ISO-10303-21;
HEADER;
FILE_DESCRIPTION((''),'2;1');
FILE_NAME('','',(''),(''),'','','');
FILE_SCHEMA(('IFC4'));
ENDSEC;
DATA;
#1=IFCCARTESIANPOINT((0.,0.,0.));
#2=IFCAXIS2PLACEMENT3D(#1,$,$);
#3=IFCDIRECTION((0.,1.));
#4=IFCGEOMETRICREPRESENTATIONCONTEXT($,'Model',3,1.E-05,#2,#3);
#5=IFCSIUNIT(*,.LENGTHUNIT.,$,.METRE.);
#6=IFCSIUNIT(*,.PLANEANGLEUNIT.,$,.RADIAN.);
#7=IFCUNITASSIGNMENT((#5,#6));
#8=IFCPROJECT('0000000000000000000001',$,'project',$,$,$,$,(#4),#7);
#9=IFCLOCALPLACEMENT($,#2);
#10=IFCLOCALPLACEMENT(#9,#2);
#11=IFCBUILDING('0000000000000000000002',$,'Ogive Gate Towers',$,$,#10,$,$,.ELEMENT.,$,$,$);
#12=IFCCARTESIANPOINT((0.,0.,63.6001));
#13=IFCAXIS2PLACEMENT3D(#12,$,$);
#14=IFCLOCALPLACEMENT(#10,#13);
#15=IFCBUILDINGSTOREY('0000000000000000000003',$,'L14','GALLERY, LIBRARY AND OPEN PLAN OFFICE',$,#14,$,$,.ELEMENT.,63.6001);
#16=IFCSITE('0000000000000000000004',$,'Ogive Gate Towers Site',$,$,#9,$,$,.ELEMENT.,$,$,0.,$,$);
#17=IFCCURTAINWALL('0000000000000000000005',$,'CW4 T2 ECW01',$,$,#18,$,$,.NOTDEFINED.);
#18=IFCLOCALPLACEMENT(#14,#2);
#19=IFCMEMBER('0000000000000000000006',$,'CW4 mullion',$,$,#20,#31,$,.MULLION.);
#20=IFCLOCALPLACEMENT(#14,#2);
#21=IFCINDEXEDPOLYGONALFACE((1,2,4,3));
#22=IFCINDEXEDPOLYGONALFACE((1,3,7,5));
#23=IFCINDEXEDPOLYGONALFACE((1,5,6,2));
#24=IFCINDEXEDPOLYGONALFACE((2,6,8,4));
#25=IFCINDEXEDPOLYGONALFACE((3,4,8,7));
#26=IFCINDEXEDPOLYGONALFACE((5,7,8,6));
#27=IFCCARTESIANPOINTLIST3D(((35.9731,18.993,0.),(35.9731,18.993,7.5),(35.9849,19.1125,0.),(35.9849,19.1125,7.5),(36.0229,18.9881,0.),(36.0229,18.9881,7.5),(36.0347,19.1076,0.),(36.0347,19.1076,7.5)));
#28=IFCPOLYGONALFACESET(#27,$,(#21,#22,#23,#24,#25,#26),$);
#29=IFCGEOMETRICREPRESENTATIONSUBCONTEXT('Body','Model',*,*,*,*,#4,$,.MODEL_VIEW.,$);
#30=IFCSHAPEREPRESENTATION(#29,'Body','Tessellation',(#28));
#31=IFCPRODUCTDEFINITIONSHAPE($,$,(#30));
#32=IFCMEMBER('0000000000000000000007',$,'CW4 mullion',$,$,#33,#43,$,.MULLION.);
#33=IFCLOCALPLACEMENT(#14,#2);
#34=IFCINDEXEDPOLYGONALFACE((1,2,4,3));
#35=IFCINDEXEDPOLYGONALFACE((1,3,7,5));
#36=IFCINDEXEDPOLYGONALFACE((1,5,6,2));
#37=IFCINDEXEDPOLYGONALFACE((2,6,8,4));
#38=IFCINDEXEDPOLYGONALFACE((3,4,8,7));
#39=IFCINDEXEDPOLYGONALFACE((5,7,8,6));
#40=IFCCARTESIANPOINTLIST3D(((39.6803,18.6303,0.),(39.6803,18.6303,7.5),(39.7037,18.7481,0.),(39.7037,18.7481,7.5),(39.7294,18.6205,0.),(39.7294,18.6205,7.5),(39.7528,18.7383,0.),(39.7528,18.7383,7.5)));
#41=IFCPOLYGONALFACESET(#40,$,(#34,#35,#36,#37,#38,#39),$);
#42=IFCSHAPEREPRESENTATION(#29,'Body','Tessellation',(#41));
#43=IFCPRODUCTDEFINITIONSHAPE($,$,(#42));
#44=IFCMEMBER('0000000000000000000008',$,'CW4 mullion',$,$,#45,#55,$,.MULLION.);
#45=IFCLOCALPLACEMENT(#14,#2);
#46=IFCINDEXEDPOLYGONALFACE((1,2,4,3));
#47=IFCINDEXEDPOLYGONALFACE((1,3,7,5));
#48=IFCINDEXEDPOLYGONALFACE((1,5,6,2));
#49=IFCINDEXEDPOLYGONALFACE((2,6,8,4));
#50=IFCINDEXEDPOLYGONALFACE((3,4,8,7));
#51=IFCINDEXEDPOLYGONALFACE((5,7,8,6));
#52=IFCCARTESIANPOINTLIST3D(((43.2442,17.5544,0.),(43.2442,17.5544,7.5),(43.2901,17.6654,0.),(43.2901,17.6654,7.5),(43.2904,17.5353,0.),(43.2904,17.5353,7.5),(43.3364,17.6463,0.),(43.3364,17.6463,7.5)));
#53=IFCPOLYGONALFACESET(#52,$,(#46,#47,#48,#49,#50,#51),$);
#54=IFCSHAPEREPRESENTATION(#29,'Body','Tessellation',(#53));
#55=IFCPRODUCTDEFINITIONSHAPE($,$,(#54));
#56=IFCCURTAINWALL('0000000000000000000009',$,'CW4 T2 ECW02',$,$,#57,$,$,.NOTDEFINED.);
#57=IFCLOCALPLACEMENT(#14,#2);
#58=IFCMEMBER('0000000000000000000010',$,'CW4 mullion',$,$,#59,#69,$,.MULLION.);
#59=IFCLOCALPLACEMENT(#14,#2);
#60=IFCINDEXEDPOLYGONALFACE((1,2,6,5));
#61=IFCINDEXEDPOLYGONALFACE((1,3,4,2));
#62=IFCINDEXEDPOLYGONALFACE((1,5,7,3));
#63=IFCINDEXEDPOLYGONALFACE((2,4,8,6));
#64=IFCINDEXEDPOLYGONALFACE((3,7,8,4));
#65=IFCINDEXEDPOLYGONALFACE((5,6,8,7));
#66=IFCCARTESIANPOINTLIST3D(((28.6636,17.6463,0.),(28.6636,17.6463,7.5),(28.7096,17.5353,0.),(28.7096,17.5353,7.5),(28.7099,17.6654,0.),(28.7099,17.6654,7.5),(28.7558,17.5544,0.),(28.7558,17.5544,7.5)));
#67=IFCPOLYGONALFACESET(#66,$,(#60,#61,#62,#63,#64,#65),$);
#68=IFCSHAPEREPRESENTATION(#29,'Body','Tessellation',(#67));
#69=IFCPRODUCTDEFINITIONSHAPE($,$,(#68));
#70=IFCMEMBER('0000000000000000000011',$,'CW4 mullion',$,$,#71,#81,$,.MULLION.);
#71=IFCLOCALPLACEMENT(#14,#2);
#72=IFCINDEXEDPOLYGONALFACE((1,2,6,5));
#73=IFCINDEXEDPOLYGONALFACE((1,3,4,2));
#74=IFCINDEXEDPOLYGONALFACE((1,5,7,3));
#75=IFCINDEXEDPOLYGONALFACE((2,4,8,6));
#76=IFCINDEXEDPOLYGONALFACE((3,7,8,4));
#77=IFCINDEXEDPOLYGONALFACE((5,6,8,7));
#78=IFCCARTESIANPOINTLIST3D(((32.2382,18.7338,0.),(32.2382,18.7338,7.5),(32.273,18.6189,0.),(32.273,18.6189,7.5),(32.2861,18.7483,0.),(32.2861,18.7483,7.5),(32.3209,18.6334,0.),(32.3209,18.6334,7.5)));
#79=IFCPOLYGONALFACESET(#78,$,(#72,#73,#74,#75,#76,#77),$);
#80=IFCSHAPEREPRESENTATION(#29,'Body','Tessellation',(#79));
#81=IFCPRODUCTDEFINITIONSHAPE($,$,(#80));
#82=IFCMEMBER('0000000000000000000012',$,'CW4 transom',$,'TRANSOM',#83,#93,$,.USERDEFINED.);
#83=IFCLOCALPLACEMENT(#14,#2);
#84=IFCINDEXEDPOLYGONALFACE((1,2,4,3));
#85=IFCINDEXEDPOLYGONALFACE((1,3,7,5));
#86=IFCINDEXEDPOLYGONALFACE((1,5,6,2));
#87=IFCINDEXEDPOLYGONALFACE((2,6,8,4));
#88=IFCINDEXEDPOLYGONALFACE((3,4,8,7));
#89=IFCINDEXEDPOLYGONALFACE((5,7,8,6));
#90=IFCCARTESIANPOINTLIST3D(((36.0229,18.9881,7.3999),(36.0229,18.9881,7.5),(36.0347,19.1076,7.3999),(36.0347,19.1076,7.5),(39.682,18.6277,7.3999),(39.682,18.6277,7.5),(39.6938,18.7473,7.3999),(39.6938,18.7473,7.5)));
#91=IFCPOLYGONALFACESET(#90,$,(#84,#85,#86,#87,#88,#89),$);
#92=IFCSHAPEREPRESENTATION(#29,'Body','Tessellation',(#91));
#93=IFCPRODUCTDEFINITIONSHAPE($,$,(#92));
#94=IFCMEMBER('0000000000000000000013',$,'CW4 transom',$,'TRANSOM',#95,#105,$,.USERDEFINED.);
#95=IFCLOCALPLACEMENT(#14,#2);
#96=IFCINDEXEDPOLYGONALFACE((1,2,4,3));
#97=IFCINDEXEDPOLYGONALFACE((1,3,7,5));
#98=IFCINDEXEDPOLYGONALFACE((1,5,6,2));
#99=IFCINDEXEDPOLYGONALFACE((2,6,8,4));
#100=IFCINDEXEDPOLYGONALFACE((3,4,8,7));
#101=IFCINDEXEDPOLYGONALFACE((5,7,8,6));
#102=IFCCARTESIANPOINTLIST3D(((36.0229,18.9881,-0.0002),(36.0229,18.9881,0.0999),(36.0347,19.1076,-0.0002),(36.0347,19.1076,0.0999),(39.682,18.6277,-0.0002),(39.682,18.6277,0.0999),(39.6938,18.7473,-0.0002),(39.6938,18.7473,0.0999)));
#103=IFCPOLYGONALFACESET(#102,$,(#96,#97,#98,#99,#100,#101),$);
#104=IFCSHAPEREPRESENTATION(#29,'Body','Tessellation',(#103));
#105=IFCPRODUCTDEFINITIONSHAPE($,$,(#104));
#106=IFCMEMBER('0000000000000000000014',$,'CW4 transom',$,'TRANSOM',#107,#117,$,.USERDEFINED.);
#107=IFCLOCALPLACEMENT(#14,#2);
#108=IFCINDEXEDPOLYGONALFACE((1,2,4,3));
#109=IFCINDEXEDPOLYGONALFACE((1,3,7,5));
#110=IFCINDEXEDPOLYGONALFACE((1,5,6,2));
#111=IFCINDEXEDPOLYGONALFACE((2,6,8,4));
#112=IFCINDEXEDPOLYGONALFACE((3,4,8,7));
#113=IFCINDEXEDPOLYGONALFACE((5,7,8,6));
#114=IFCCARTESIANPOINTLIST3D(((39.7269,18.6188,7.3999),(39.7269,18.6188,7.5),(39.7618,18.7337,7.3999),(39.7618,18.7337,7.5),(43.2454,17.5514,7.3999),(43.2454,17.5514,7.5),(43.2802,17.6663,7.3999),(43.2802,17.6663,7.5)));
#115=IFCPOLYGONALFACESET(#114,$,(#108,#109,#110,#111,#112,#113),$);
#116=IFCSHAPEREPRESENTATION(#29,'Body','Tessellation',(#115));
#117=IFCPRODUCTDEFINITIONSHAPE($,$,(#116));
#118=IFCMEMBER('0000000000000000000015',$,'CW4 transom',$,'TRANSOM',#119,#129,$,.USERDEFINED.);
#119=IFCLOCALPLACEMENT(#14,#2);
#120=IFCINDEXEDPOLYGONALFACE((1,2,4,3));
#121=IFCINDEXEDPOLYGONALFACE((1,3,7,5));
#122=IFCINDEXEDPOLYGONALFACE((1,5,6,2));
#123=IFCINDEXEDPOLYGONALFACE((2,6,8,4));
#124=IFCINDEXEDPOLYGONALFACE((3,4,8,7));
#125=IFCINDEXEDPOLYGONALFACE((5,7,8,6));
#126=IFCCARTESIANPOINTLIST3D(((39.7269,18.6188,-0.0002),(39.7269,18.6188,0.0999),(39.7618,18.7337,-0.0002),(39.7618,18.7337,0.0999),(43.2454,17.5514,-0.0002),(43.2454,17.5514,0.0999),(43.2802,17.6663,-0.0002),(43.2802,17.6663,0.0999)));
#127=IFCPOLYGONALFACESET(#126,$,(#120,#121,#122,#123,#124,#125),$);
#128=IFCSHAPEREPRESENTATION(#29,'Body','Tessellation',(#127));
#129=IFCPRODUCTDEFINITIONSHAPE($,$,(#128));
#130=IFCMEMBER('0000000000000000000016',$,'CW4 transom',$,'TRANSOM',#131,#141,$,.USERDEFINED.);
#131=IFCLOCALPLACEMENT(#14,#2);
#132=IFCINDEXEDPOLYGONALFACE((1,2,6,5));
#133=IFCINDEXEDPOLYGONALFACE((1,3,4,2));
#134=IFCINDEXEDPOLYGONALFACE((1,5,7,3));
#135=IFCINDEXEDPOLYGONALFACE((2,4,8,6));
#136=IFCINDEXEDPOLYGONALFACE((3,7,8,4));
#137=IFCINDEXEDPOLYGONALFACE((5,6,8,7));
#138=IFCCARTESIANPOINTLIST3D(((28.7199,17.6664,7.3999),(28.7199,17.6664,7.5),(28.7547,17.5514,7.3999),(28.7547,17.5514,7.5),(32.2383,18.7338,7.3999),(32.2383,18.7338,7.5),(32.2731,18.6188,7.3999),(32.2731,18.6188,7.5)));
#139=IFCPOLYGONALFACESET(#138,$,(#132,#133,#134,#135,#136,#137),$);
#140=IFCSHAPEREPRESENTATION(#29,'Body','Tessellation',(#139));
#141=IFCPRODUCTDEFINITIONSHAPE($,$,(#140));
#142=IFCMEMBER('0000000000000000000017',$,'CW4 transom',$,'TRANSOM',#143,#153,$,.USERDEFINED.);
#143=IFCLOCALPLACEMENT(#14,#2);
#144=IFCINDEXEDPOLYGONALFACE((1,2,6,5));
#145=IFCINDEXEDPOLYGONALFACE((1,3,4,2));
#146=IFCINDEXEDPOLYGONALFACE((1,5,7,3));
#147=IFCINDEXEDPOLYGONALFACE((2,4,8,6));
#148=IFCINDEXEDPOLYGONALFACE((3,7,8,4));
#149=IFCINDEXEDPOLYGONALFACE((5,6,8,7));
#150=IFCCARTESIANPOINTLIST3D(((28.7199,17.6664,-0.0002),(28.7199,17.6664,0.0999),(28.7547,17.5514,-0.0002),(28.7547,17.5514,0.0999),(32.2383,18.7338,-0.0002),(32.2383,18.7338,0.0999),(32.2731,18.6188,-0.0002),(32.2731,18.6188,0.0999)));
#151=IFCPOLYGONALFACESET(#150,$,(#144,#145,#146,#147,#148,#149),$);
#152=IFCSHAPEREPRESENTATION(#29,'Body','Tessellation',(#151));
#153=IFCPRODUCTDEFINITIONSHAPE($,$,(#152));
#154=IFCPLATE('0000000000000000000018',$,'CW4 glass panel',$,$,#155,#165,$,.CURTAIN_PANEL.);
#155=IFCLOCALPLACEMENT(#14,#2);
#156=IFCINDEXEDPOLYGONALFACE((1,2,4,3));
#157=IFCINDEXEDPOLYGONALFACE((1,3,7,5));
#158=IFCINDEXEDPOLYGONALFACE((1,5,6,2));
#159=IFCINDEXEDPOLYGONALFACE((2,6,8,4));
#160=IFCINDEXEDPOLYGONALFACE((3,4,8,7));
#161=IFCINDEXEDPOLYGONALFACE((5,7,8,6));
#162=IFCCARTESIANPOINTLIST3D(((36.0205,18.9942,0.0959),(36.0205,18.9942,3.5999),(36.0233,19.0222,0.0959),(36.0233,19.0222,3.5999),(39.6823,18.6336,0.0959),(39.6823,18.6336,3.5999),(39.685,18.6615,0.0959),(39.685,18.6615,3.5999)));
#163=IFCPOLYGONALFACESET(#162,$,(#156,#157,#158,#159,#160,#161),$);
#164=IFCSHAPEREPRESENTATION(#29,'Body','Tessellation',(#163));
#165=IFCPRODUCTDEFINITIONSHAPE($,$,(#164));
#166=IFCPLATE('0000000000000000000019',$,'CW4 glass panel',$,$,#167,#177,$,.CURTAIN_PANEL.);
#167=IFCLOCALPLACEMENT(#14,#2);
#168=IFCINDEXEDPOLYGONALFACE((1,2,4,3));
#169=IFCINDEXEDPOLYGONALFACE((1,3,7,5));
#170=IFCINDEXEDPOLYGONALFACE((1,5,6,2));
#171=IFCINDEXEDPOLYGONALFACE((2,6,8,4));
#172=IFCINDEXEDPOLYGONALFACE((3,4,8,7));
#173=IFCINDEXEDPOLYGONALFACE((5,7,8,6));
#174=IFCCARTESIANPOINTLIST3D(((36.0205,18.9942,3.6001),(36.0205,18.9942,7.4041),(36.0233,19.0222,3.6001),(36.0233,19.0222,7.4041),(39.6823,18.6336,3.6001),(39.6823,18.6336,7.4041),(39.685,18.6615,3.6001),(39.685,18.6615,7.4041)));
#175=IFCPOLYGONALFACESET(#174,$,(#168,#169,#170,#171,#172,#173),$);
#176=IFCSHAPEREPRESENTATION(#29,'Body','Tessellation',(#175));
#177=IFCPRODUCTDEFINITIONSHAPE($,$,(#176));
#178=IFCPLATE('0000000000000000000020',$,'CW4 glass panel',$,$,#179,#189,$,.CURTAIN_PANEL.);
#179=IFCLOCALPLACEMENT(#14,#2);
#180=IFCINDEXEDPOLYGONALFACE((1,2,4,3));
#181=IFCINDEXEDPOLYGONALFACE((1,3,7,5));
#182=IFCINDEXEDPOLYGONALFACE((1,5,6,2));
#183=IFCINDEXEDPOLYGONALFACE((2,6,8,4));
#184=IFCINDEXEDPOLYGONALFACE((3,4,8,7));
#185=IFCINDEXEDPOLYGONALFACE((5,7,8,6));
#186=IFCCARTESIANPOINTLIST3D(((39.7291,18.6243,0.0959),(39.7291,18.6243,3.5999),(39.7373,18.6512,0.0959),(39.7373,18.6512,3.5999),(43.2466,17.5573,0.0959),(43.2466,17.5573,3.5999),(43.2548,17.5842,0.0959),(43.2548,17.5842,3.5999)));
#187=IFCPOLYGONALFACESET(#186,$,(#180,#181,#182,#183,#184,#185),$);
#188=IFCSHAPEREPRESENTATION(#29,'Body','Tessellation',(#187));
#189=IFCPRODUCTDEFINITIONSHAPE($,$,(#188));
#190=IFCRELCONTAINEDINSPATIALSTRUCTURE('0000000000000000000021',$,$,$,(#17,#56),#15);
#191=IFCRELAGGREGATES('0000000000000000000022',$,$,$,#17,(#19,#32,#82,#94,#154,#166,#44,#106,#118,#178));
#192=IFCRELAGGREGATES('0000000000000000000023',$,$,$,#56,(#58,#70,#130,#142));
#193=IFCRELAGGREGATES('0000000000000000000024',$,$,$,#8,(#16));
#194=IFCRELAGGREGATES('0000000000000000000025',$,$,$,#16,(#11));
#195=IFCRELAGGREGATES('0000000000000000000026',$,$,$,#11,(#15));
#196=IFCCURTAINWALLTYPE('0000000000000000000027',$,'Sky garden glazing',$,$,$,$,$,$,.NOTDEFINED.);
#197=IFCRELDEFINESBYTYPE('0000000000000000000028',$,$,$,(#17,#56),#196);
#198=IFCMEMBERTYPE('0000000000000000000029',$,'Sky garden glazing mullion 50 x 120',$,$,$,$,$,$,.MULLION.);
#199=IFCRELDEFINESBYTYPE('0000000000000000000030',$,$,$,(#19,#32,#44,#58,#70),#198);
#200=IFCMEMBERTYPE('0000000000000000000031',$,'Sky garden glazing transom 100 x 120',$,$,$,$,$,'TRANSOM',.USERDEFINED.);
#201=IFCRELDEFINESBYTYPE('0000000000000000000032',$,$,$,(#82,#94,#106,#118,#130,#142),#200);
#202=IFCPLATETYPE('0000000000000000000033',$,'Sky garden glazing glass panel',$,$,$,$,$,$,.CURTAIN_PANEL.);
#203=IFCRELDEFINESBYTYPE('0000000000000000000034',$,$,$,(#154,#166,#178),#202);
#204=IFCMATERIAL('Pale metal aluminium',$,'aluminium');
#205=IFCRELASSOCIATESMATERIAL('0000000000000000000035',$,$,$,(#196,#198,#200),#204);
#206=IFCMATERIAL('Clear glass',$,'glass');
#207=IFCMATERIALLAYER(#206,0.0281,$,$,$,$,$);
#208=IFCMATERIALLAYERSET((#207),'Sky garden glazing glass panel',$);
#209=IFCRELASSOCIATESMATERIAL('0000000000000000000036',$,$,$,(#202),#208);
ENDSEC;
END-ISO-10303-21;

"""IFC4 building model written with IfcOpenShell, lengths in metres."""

from ifc_helpers import new_model, si_unit, direction, frame, origin, origin_2d, place, context, subcontext, project, spatial, rectangle, extrude, material, layer, layer_set, material_profile, profile_set, type_object, element, aggregate, save


model = new_model("IFC4")

# Units and contexts
model_context = context("Model", 3, precision=1e-05, world=origin(), true_north=direction((0.0, 1.0)))
body_context = subcontext(model_context, "Body", "Model", "MODEL_VIEW")
ifc_project = project(units=[si_unit("LENGTHUNIT", "METRE"), si_unit("PLANEANGLEUNIT", "RADIAN")], contexts=[model_context])

# Site, building, storey
site_placement = place(None, origin())
site = spatial("IfcSite", under=ifc_project, at=site_placement, Name="Ogive Gate Towers Site", CompositionType="ELEMENT", RefElevation=0.0)
building_placement = place(site_placement, origin())
building = spatial("IfcBuilding", under=site, at=building_placement, Name="Ogive Gate Towers", CompositionType="ELEMENT")
storey_placement = place(building_placement, frame((0.0, 0.0, 63.6001)))
storey = spatial("IfcBuildingStorey", under=building, at=storey_placement, Name="L14", Description="GALLERY, LIBRARY AND OPEN PLAN OFFICE", CompositionType="ELEMENT", Elevation=63.6001)

# Curtain walls, members
ifc_material_1 = material(Name="Pale metal aluminium", Category="aluminium")
curtain_wall_type = type_object("IfcCurtainWallType", Name="Sky garden glazing", PredefinedType="NOTDEFINED", material=ifc_material_1)
curtain_wall_1_placement = place(storey_placement, origin())
curtain_wall_1 = element("IfcCurtainWall", 1, at=curtain_wall_1_placement, inside=storey, type_object=curtain_wall_type, Name="CW4 T2 ECW01", PredefinedType="NOTDEFINED")
ifc_material_profile_1 = material_profile(ifc_material_1, rectangle(XDim=0.1201, YDim=0.05, at=origin_2d()), Name="50 x 120 aluminium box")
ifc_profile_set_1 = profile_set([ifc_material_profile_1], Name="Pale metal aluminium")
member_type_1 = type_object("IfcMemberType", Name="Sky garden glazing mullion 50 x 120", PredefinedType="MULLION", material=ifc_profile_set_1)
member_1_placement = place(storey_placement, frame((36.0039, 19.0503, 0.0), z_axis=(0.0, 0.0, 1.0), x_axis=(-0.098017, -0.995185, 0.0)))
member_1 = element("IfcMember", 2, at=member_1_placement, type_object=member_type_1, Name="CW4 mullion", PredefinedType="MULLION", context=body_context, shape_type="SweptSolid", body=[
    extrude(rectangle(XDim=0.1201, YDim=0.05, at=origin_2d()), origin(), (0.0, 0.0, 1.0), 7.5),
])
member_2_placement = place(storey_placement, frame((39.7166, 18.6843, 0.0), z_axis=(0.0, 0.0, 1.0), x_axis=(-0.19509, -0.980785, 0.0)))
member_2 = element("IfcMember", 3, at=member_2_placement, type_object=member_type_1, Name="CW4 mullion", PredefinedType="MULLION", context=body_context, shape_type="SweptSolid", body=[
    extrude(rectangle(XDim=0.1201, YDim=0.05, at=origin_2d()), origin(), (0.0, 0.0, 1.0), 7.5),
])
member_3_placement = place(storey_placement, frame((43.2903, 17.6003, 0.0), z_axis=(0.0, 0.0, 1.0), x_axis=(-0.3827, -0.923873, 0.0)))
member_3 = element("IfcMember", 4, at=member_3_placement, type_object=member_type_1, Name="CW4 mullion", PredefinedType="MULLION", context=body_context, shape_type="SweptSolid", body=[
    extrude(rectangle(XDim=0.1201, YDim=0.05, at=origin_2d()), origin(), (0.0, 0.0, 1.0), 7.5),
])
curtain_wall_2_placement = place(storey_placement, origin())
curtain_wall_2 = element("IfcCurtainWall", 5, at=curtain_wall_2_placement, inside=storey, type_object=curtain_wall_type, Name="CW4 T2 ECW02", PredefinedType="NOTDEFINED")
member_4_placement = place(storey_placement, frame((28.7097, 17.6003, 0.0), z_axis=(0.0, 0.0, 1.0), x_axis=(0.382683, -0.92388, 0.0)))
member_4 = element("IfcMember", 6, at=member_4_placement, type_object=member_type_1, Name="CW4 mullion", PredefinedType="MULLION", context=body_context, shape_type="SweptSolid", body=[
    extrude(rectangle(XDim=0.1201, YDim=0.05, at=origin_2d()), origin(), (0.0, 0.0, 1.0), 7.5),
])
member_5_placement = place(storey_placement, frame((32.2795, 18.6836, 0.0), z_axis=(0.0, 0.0, 1.0), x_axis=(0.290285, -0.95694, 0.0)))
member_5 = element("IfcMember", 7, at=member_5_placement, type_object=member_type_1, Name="CW4 mullion", PredefinedType="MULLION", context=body_context, shape_type="SweptSolid", body=[
    extrude(rectangle(XDim=0.1201, YDim=0.05, at=origin_2d()), origin(), (0.0, 0.0, 1.0), 7.5),
])

# Members
ifc_material_profile_2 = material_profile(ifc_material_1, rectangle(XDim=0.1201, YDim=0.1001, at=origin_2d()), Name="100 x 120 aluminium box")
ifc_profile_set_2 = profile_set([ifc_material_profile_2], Name="Pale metal aluminium")
member_type_2 = type_object("IfcMemberType", Name="Sky garden glazing transom 100 x 120", ElementType="TRANSOM", PredefinedType="USERDEFINED", material=ifc_profile_set_2)
member_6_placement = place(storey_placement, frame((36.0288, 19.0479, 7.45), z_axis=(0.995185, -0.098011, 0.0), x_axis=(0.098011, 0.995185, 0.0)))
member_6 = element("IfcMember", 8, at=member_6_placement, type_object=member_type_2, Name="CW4 transom", ObjectType="TRANSOM", PredefinedType="USERDEFINED", context=body_context, shape_type="SweptSolid", body=[
    extrude(rectangle(XDim=0.1201, YDim=0.1001, at=origin_2d()), origin(), (0.0, 0.0, 1.0), 3.6768),
])
member_7_placement = place(storey_placement, frame((36.0288, 19.0479, 0.0498), z_axis=(0.995185, -0.098011, 0.0), x_axis=(0.098011, 0.995185, 0.0)))
member_7 = element("IfcMember", 9, at=member_7_placement, type_object=member_type_2, Name="CW4 transom", ObjectType="TRANSOM", PredefinedType="USERDEFINED", context=body_context, shape_type="SweptSolid", body=[
    extrude(rectangle(XDim=0.1201, YDim=0.1001, at=origin_2d()), origin(), (0.0, 0.0, 1.0), 3.6768),
])
member_8_placement = place(storey_placement, frame((39.7444, 18.6763, 7.45), z_axis=(0.956932, -0.290313, 0.0), x_axis=(0.290313, 0.956932, 0.0)))
member_8 = element("IfcMember", 10, at=member_8_placement, type_object=member_type_2, Name="CW4 transom", ObjectType="TRANSOM", PredefinedType="USERDEFINED", context=body_context, shape_type="SweptSolid", body=[
    extrude(rectangle(XDim=0.1201, YDim=0.1001, at=origin_2d()), origin(), (0.0, 0.0, 1.0), 3.6768),
])
member_9_placement = place(storey_placement, frame((39.7444, 18.6763, 0.0498), z_axis=(0.956932, -0.290313, 0.0), x_axis=(0.290313, 0.956932, 0.0)))
member_9 = element("IfcMember", 11, at=member_9_placement, type_object=member_type_2, Name="CW4 transom", ObjectType="TRANSOM", PredefinedType="USERDEFINED", context=body_context, shape_type="SweptSolid", body=[
    extrude(rectangle(XDim=0.1201, YDim=0.1001, at=origin_2d()), origin(), (0.0, 0.0, 1.0), 3.6768),
])
member_10_placement = place(storey_placement, frame((28.7373, 17.6089, 7.45), z_axis=(0.956932, 0.290313, 0.0), x_axis=(-0.290313, 0.956932, 0.0)))
member_10 = element("IfcMember", 12, at=member_10_placement, type_object=member_type_2, Name="CW4 transom", ObjectType="TRANSOM", PredefinedType="USERDEFINED", context=body_context, shape_type="SweptSolid", body=[
    extrude(rectangle(XDim=0.1201, YDim=0.1001, at=origin_2d()), origin(), (0.0, 0.0, 1.0), 3.6768),
])
member_11_placement = place(storey_placement, frame((28.7373, 17.6089, 0.0498), z_axis=(0.956932, 0.290313, 0.0), x_axis=(-0.290313, 0.956932, 0.0)))
member_11 = element("IfcMember", 13, at=member_11_placement, type_object=member_type_2, Name="CW4 transom", ObjectType="TRANSOM", PredefinedType="USERDEFINED", context=body_context, shape_type="SweptSolid", body=[
    extrude(rectangle(XDim=0.1201, YDim=0.1001, at=origin_2d()), origin(), (0.0, 0.0, 1.0), 3.6768),
])

# Plates
ifc_material_2 = material(Name="Clear glass", Category="glass")
ifc_layer_1 = layer(ifc_material_2, 0.0281)
ifc_layer_set_1 = layer_set([ifc_layer_1], Name="Sky garden glazing glass panel")
plate_type = type_object("IfcPlateType", Name="Sky garden glazing glass panel", PredefinedType="CURTAIN_PANEL", material=ifc_layer_set_1)
plate_1_placement = place(storey_placement, frame((37.8528, 18.8279, 0.0959), z_axis=(0.0, 0.0, 1.0), x_axis=(0.995185, -0.098017, 0.0)))
plate_1 = element("IfcPlate", 14, at=plate_1_placement, type_object=plate_type, Name="CW4 glass panel", PredefinedType="CURTAIN_PANEL", context=body_context, shape_type="SweptSolid", body=[
    extrude(rectangle(XDim=3.6794, YDim=0.0281, at=origin_2d()), origin(), (0.0, 0.0, 1.0), 3.5039),
])
plate_2_placement = place(storey_placement, frame((37.8528, 18.8279, 3.6001), z_axis=(0.0, 0.0, 1.0), x_axis=(0.995185, -0.098017, 0.0)))
plate_2 = element("IfcPlate", 15, at=plate_2_placement, type_object=plate_type, Name="CW4 glass panel", PredefinedType="CURTAIN_PANEL", context=body_context, shape_type="SweptSolid", body=[
    extrude(rectangle(XDim=3.6794, YDim=0.0281, at=origin_2d()), origin(), (0.0, 0.0, 1.0), 3.804),
])
plate_3_placement = place(storey_placement, frame((41.4919, 18.1042, 0.0959), z_axis=(0.0, 0.0, 1.0), x_axis=(0.95694, -0.290285, 0.0)))
plate_3 = element("IfcPlate", 16, at=plate_3_placement, type_object=plate_type, Name="CW4 glass panel", PredefinedType="CURTAIN_PANEL", context=body_context, shape_type="SweptSolid", body=[
    extrude(rectangle(XDim=3.6758, YDim=0.0281, at=origin_2d()), origin(), (0.0, 0.0, 1.0), 3.5039),
])
aggregate(curtain_wall_1, [member_1, member_2, member_6, member_7, plate_1, plate_2, member_3, member_8, member_9, plate_3])
aggregate(curtain_wall_2, [member_4, member_5, member_10, member_11])

save(model, "model.ifc")
